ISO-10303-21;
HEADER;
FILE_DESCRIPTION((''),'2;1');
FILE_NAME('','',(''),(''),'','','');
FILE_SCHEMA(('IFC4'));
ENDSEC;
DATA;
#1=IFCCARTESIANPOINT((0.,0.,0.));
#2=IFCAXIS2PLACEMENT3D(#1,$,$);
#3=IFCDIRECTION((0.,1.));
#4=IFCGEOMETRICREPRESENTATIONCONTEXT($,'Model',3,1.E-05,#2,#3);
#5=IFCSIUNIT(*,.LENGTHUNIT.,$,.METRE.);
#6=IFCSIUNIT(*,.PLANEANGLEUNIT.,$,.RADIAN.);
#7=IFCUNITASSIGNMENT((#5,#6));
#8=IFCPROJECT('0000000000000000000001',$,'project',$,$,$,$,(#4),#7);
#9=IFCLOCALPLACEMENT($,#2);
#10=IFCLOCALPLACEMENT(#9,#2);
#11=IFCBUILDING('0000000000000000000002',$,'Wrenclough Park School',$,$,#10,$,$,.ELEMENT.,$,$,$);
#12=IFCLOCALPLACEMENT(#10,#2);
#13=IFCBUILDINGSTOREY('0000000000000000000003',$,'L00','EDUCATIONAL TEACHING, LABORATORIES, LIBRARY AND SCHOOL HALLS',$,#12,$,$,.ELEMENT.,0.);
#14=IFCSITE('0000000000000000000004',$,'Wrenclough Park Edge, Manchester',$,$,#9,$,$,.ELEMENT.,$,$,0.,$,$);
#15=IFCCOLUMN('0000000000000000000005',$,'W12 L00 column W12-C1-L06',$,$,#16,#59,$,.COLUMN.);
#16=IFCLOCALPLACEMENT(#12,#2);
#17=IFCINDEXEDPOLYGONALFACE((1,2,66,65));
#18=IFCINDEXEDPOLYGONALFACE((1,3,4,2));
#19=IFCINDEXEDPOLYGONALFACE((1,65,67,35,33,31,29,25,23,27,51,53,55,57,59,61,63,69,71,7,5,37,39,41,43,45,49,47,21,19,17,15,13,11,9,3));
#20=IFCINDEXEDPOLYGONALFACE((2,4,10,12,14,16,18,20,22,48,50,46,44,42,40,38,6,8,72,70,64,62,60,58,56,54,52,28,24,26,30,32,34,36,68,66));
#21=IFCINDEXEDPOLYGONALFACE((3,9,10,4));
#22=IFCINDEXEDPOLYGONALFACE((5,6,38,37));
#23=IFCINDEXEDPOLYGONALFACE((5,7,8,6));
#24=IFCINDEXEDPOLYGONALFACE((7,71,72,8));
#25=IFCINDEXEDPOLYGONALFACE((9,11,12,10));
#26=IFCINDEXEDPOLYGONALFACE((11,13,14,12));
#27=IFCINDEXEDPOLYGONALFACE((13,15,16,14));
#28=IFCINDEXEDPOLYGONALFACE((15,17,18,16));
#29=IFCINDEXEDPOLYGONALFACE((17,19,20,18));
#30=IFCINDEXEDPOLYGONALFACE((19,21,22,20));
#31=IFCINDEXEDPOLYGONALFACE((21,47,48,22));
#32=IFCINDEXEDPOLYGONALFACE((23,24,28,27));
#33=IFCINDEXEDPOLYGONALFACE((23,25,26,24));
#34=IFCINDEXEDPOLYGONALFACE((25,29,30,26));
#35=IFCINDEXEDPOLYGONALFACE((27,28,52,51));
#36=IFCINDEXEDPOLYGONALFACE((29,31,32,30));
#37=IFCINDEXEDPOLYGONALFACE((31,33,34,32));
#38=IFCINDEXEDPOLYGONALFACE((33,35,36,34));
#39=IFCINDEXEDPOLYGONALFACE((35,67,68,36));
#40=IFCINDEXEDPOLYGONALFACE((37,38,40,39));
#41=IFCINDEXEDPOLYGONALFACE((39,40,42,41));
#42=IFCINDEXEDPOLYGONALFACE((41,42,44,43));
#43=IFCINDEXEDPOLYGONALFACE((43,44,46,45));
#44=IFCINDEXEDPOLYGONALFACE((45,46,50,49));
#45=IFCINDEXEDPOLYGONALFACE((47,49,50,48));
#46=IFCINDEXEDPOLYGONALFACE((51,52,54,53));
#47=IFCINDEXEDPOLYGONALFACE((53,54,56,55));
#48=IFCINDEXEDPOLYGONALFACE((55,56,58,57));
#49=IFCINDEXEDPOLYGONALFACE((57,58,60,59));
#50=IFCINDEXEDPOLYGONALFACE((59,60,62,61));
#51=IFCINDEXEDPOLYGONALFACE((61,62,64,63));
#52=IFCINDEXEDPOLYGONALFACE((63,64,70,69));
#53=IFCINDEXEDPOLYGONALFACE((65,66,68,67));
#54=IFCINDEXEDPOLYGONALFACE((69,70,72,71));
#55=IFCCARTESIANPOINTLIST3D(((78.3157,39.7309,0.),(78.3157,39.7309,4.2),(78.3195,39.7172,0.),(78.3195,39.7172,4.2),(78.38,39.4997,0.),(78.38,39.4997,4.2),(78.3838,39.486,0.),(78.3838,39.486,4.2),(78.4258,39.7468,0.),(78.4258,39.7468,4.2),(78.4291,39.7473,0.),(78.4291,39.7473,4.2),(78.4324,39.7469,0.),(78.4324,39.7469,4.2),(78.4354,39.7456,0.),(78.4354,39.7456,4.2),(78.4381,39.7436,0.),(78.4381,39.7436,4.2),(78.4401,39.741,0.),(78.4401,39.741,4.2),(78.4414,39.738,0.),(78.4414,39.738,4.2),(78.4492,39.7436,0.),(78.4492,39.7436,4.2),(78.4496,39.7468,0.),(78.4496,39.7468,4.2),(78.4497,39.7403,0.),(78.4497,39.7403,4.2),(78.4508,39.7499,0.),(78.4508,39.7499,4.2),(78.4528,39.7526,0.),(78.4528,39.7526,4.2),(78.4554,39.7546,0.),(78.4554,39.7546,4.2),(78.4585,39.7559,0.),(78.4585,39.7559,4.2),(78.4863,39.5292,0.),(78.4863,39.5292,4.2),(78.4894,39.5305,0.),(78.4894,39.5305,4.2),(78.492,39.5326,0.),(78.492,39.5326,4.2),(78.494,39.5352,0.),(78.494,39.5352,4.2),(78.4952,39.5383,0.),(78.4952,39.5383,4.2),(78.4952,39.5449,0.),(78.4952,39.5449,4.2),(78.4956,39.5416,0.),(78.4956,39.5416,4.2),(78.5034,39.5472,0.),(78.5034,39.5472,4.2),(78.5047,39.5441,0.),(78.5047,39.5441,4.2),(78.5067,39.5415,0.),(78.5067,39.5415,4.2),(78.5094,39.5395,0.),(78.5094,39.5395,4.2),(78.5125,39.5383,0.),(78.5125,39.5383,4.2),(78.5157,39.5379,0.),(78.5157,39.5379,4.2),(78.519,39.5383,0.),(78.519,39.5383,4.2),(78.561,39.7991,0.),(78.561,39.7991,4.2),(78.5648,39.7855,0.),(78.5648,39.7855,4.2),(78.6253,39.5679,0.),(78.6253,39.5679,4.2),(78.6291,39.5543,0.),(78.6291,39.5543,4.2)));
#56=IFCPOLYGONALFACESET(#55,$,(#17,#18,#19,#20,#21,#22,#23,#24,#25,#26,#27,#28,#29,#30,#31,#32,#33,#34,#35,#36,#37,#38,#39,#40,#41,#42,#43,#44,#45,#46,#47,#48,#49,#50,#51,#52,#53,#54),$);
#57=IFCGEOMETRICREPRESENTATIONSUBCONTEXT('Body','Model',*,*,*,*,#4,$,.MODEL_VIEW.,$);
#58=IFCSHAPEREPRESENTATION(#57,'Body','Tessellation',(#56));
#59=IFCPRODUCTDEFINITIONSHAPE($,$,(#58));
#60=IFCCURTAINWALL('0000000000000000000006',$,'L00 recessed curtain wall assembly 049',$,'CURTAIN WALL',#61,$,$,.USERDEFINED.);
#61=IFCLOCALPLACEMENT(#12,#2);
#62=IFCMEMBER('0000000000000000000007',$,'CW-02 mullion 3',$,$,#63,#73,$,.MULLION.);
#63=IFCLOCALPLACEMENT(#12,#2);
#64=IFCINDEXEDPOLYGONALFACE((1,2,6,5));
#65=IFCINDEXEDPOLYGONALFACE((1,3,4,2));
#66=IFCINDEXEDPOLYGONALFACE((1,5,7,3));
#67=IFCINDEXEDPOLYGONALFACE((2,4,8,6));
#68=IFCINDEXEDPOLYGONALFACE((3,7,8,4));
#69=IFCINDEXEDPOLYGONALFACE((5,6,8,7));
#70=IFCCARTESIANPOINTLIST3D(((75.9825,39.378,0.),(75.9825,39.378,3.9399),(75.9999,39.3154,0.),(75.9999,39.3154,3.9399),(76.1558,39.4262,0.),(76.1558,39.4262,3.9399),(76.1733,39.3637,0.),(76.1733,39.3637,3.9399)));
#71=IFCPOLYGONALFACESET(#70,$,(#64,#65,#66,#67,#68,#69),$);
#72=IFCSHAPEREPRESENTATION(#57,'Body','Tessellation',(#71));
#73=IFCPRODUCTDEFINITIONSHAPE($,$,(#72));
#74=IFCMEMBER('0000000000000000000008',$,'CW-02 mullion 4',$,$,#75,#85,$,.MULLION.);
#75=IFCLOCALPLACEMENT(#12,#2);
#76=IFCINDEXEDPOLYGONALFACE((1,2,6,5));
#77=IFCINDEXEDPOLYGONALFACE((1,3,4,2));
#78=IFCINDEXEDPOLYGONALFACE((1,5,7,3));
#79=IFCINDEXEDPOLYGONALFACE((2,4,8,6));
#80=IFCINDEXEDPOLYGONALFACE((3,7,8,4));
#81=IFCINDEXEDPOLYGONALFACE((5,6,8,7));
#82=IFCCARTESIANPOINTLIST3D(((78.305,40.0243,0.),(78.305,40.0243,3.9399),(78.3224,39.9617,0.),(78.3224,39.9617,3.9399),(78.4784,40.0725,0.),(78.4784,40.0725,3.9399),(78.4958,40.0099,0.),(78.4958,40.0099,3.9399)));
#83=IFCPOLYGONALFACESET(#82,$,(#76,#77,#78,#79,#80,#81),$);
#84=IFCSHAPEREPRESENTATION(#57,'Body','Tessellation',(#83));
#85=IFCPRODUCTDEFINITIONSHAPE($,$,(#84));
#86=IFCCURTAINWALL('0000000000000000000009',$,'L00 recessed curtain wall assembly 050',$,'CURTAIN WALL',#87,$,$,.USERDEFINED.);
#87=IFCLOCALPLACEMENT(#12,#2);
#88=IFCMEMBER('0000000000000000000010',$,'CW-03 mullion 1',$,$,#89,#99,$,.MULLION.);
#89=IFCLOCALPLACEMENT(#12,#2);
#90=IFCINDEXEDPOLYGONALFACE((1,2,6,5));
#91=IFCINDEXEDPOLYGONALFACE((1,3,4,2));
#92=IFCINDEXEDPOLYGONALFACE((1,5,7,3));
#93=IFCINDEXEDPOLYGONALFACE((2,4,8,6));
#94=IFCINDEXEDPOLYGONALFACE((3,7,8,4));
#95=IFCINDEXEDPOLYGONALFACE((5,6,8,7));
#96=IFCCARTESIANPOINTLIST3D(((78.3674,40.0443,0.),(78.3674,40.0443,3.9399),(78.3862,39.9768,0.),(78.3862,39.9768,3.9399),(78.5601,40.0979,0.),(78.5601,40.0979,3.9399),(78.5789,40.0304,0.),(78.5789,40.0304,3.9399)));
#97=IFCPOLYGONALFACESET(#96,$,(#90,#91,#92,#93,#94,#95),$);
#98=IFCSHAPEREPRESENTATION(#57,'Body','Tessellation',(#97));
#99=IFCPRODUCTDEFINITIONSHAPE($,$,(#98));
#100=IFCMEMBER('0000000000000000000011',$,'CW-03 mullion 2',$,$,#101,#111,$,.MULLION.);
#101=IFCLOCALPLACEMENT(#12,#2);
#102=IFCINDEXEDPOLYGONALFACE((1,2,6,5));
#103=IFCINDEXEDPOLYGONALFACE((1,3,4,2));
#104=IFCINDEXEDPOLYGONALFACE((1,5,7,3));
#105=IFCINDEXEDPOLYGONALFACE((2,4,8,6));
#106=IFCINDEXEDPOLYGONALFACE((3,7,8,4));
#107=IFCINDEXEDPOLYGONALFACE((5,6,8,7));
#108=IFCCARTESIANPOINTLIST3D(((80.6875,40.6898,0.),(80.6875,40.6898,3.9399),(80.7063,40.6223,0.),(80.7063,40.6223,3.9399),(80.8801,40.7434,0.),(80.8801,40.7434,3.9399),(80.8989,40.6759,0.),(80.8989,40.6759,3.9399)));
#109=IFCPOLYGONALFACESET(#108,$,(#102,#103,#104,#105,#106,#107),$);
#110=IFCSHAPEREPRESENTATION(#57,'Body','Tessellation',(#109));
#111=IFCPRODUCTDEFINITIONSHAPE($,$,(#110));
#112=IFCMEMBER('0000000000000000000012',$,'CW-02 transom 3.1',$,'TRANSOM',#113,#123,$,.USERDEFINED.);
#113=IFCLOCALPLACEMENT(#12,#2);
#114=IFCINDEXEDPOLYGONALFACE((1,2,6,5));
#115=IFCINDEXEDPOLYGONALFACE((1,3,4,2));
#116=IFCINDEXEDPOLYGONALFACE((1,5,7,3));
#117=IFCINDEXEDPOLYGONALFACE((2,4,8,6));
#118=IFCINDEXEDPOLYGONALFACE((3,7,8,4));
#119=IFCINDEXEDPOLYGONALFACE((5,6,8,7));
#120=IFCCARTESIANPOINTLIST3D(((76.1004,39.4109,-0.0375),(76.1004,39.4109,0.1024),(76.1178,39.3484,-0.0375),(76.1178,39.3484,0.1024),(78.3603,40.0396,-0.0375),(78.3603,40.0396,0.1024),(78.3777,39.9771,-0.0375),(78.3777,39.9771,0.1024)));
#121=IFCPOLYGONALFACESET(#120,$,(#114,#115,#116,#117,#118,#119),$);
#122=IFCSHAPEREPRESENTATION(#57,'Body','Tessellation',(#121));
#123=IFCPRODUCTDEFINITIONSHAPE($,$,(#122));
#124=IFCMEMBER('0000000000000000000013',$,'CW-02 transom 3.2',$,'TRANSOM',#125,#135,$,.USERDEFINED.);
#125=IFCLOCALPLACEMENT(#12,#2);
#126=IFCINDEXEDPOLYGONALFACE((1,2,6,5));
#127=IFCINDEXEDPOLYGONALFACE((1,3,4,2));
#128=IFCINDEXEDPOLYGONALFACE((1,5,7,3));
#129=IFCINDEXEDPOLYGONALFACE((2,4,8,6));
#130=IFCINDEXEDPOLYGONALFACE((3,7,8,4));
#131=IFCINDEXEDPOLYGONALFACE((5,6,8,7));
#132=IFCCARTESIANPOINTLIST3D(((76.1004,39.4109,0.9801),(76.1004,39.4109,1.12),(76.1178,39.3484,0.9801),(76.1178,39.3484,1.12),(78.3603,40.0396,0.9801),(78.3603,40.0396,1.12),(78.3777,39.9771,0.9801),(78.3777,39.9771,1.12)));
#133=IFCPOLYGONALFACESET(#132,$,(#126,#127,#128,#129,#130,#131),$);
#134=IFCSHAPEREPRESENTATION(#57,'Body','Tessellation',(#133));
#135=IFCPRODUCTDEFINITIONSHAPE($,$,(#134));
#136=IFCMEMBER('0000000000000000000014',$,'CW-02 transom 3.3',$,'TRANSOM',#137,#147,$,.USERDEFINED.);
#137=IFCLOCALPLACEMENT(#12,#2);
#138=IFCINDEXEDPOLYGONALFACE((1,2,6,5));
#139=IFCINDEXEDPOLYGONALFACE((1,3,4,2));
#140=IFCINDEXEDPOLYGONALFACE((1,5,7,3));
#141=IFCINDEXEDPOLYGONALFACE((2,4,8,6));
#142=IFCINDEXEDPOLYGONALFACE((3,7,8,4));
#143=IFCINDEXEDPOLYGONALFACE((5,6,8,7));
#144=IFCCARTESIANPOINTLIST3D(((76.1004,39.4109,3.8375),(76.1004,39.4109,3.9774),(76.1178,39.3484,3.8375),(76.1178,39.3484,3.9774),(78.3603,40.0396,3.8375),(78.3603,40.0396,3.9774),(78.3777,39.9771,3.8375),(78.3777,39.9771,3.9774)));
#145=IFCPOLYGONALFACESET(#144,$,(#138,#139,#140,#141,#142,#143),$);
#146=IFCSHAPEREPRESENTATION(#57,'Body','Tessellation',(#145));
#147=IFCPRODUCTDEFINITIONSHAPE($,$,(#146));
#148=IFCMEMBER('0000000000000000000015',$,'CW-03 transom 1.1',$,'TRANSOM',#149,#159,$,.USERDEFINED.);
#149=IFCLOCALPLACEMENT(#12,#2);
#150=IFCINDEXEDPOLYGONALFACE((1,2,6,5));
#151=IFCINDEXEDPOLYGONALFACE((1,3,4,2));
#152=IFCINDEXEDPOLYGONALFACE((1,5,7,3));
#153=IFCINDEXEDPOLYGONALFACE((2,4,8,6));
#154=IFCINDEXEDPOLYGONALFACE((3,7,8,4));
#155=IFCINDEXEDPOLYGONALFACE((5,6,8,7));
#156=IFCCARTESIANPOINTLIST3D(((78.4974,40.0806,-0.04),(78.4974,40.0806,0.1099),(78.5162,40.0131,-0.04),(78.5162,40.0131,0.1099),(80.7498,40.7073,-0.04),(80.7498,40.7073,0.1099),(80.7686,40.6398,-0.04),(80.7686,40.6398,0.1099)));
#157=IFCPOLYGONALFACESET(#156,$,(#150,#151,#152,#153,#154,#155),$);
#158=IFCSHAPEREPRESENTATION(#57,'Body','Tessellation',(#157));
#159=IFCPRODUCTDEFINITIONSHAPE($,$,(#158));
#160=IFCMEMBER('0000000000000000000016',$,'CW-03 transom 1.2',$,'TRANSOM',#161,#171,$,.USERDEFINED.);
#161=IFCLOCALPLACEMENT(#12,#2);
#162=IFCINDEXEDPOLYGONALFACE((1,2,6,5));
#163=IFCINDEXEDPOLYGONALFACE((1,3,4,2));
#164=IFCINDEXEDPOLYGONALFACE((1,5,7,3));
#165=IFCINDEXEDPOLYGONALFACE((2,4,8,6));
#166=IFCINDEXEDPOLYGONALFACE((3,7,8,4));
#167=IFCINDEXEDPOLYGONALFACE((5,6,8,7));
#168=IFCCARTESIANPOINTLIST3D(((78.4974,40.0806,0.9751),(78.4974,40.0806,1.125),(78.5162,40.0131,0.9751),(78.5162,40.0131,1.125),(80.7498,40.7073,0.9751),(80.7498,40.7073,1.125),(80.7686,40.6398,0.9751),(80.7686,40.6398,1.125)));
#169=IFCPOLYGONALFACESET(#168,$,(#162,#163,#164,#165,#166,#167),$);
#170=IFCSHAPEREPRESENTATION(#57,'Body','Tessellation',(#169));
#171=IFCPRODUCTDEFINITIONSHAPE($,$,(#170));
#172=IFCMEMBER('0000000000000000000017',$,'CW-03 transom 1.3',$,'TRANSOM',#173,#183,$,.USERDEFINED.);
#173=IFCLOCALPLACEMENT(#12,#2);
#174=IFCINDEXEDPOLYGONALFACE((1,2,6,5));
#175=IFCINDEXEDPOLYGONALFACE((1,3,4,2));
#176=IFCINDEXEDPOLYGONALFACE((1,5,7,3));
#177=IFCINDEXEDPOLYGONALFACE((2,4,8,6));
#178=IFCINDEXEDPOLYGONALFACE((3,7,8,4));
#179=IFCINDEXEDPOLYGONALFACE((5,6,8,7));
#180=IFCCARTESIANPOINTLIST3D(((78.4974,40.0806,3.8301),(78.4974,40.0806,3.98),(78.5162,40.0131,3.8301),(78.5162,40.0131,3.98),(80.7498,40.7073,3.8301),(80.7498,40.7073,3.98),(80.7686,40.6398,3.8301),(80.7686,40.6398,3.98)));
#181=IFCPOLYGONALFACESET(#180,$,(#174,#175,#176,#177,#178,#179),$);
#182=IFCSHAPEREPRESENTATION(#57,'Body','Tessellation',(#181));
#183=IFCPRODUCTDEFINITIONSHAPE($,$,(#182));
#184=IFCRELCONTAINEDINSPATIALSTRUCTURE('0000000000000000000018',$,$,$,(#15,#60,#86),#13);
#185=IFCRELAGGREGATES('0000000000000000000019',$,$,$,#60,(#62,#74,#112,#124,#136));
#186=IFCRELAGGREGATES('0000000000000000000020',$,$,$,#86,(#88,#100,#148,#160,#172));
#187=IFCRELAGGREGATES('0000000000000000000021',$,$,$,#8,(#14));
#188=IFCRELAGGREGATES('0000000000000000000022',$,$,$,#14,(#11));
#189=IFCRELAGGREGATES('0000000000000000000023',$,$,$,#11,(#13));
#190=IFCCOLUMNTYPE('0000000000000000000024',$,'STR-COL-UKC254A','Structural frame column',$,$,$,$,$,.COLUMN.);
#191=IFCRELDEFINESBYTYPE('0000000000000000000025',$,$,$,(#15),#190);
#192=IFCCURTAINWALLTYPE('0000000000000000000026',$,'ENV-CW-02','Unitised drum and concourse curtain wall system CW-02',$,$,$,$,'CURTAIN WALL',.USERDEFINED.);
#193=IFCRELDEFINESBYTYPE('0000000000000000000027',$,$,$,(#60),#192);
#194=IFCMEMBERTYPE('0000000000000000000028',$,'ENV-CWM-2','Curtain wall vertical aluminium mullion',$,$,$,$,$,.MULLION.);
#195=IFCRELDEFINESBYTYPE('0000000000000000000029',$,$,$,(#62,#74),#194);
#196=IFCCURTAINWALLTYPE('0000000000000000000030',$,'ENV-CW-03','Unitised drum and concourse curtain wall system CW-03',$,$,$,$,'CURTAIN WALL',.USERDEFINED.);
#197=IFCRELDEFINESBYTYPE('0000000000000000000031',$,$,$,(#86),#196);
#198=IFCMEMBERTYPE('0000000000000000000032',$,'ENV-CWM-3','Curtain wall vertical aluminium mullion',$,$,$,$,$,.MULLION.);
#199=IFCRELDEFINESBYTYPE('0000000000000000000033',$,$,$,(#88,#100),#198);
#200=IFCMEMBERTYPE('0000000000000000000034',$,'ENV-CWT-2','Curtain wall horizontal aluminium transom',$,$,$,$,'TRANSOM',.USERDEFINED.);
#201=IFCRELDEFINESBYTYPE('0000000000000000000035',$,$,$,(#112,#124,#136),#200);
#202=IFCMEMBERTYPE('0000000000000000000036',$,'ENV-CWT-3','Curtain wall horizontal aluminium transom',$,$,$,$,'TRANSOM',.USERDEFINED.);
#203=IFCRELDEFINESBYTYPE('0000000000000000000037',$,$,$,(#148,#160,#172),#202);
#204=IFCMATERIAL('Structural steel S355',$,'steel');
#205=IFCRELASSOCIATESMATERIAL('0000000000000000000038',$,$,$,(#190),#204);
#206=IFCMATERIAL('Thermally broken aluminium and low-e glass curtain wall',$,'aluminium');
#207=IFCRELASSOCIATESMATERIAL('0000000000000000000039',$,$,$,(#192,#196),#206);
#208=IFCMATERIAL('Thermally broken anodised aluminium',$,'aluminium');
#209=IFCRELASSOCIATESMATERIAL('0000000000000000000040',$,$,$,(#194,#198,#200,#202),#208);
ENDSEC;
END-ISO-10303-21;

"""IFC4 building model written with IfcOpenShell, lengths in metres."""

from ifc_helpers import new_model, si_unit, direction, frame, origin, origin_2d, place, context, subcontext, project, spatial, rectangle, i_section, extrude, material, material_profile, profile_set, type_object, element, aggregate, save


model = new_model("IFC4")

# Units and contexts
model_context = context("Model", 3, precision=1e-05, world=origin(), true_north=direction((0.0, 1.0)))
body_context = subcontext(model_context, "Body", "Model", "MODEL_VIEW")
ifc_project = project(units=[si_unit("LENGTHUNIT", "METRE"), si_unit("PLANEANGLEUNIT", "RADIAN")], contexts=[model_context])

# Site, building, storey
site_placement = place(None, origin())
site = spatial("IfcSite", under=ifc_project, at=site_placement, Name="Wrenclough Park Edge, Manchester", CompositionType="ELEMENT", RefElevation=0.0)
building_placement = place(site_placement, origin())
building = spatial("IfcBuilding", under=site, at=building_placement, Name="Wrenclough Park School", CompositionType="ELEMENT")
storey_placement = place(building_placement, origin())
storey = spatial("IfcBuildingStorey", under=building, at=storey_placement, Name="L00", Description="EDUCATIONAL TEACHING, LABORATORIES, LIBRARY AND SCHOOL HALLS", CompositionType="ELEMENT", Elevation=0.0)

# Column
ifc_material_1 = material(Name="Structural steel S355", Category="steel")
ifc_material_profile_1 = material_profile(ifc_material_1, i_section(OverallWidth=0.2546, OverallDepth=0.2542, WebThickness=0.0085, FlangeThickness=0.0142, FilletRadius=0.0127, at=origin_2d()), Name="UKC 254x254x73")
ifc_profile_set_1 = profile_set([ifc_material_profile_1], Name="Structural steel S355")
column_type = type_object("IfcColumnType", Name="STR-COL-UKC254A", Description="Structural frame column", PredefinedType="COLUMN", material=ifc_profile_set_1)
for number, where, z_axis, x_axis, name in (
    (1, (78.4724, 39.6426, 0.0), (0.0, 0.0, 1.0), (0.963397, 0.268079, 0.0), "W12 L00 column W12-C1-L06"),
):
    element("IfcColumn", number, at=place(storey_placement, frame(where, z_axis=z_axis, x_axis=x_axis)), inside=storey, type_object=column_type, Name=name, PredefinedType="COLUMN", context=body_context, shape_type="SweptSolid", body=[
        extrude(i_section(OverallWidth=0.2546, OverallDepth=0.2542, WebThickness=0.0085, FlangeThickness=0.0142, FilletRadius=0.0127, at=origin_2d()), origin(), (0.0, 0.0, 1.0), 4.2),
    ])

# Curtain walls, members
ifc_material_2 = material(Name="Thermally broken aluminium and low-e glass curtain wall", Category="aluminium")
curtain_wall_type_1 = type_object("IfcCurtainWallType", Name="ENV-CW-02", Description="Unitised drum and concourse curtain wall system CW-02", ElementType="CURTAIN WALL", PredefinedType="USERDEFINED", material=ifc_material_2)
curtain_wall_1_placement = place(storey_placement, origin())
curtain_wall_1 = element("IfcCurtainWall", 2, at=curtain_wall_1_placement, inside=storey, type_object=curtain_wall_type_1, Name="L00 recessed curtain wall assembly 049", ObjectType="CURTAIN WALL", PredefinedType="USERDEFINED")
ifc_material_3 = material(Name="Thermally broken anodised aluminium", Category="aluminium")
ifc_material_profile_2 = material_profile(ifc_material_3, rectangle(XDim=0.0649, YDim=0.1799, at=origin_2d()), Name="AL MULLION 65x180")
ifc_profile_set_2 = profile_set([ifc_material_profile_2], Name="Thermally broken anodised aluminium")
member_type_1 = type_object("IfcMemberType", Name="ENV-CWM-2", Description="Curtain wall vertical aluminium mullion", PredefinedType="MULLION", material=ifc_profile_set_2)
member_1_placement = place(storey_placement, frame((76.0779, 39.3708, 0.0), z_axis=(0.0, 0.0, 1.0), x_axis=(-0.268082, 0.963396, 0.0)))
member_1 = element("IfcMember", 3, at=member_1_placement, type_object=member_type_1, Name="CW-02 mullion 3", PredefinedType="MULLION", context=body_context, shape_type="SweptSolid", body=[
    extrude(rectangle(XDim=0.0649, YDim=0.1799, at=origin_2d()), origin(), (0.0, 0.0, 1.0), 3.9399),
])
member_2_placement = place(storey_placement, frame((78.4004, 40.0171, 0.0), z_axis=(0.0, 0.0, 1.0), x_axis=(-0.268082, 0.963396, 0.0)))
member_2 = element("IfcMember", 4, at=member_2_placement, type_object=member_type_1, Name="CW-02 mullion 4", PredefinedType="MULLION", context=body_context, shape_type="SweptSolid", body=[
    extrude(rectangle(XDim=0.0649, YDim=0.1799, at=origin_2d()), origin(), (0.0, 0.0, 1.0), 3.9399),
])
curtain_wall_type_2 = type_object("IfcCurtainWallType", Name="ENV-CW-03", Description="Unitised drum and concourse curtain wall system CW-03", ElementType="CURTAIN WALL", PredefinedType="USERDEFINED", material=ifc_material_2)
curtain_wall_2_placement = place(storey_placement, origin())
curtain_wall_2 = element("IfcCurtainWall", 5, at=curtain_wall_2_placement, inside=storey, type_object=curtain_wall_type_2, Name="L00 recessed curtain wall assembly 050", ObjectType="CURTAIN WALL", PredefinedType="USERDEFINED")
ifc_material_profile_3 = material_profile(ifc_material_3, rectangle(XDim=0.0701, YDim=0.2, at=origin_2d()), Name="AL MULLION 70x200")
ifc_profile_set_3 = profile_set([ifc_material_profile_3], Name="Thermally broken anodised aluminium")
member_type_2 = type_object("IfcMemberType", Name="ENV-CWM-3", Description="Curtain wall vertical aluminium mullion", PredefinedType="MULLION", material=ifc_profile_set_3)
member_3_placement = place(storey_placement, frame((78.4731, 40.0374, 0.0), z_axis=(0.0, 0.0, 1.0), x_axis=(-0.268072, 0.963399, 0.0)))
member_3 = element("IfcMember", 6, at=member_3_placement, type_object=member_type_2, Name="CW-03 mullion 1", PredefinedType="MULLION", context=body_context, shape_type="SweptSolid", body=[
    extrude(rectangle(XDim=0.0701, YDim=0.2, at=origin_2d()), origin(), (0.0, 0.0, 1.0), 3.9399),
])
member_4_placement = place(storey_placement, frame((80.7932, 40.6829, 0.0), z_axis=(0.0, 0.0, 1.0), x_axis=(-0.268072, 0.963399, 0.0)))
member_4 = element("IfcMember", 7, at=member_4_placement, type_object=member_type_2, Name="CW-03 mullion 2", PredefinedType="MULLION", context=body_context, shape_type="SweptSolid", body=[
    extrude(rectangle(XDim=0.0701, YDim=0.2, at=origin_2d()), origin(), (0.0, 0.0, 1.0), 3.9399),
])

# Members
ifc_material_profile_4 = material_profile(ifc_material_3, rectangle(XDim=0.0649, YDim=0.1399, at=origin_2d()), Name="AL TRANSOM 65x140")
ifc_profile_set_4 = profile_set([ifc_material_profile_4], Name="Thermally broken anodised aluminium")
member_type_3 = type_object("IfcMemberType", Name="ENV-CWT-2", Description="Curtain wall horizontal aluminium transom", ElementType="TRANSOM", PredefinedType="USERDEFINED", material=ifc_profile_set_4)
member_5_placement = place(storey_placement, frame((76.1091, 39.3796, 0.0325), z_axis=(0.963413, 0.26802, 0.0), x_axis=(-0.26802, 0.963413, 0.0)))
member_5 = element("IfcMember", 8, at=member_5_placement, type_object=member_type_3, Name="CW-02 transom 3.1", ObjectType="TRANSOM", PredefinedType="USERDEFINED", context=body_context, shape_type="SweptSolid", body=[
    extrude(rectangle(XDim=0.0649, YDim=0.1399, at=origin_2d()), origin(), (0.0, 0.0, 1.0), 2.3457),
])
member_6_placement = place(storey_placement, frame((76.1091, 39.3796, 1.05), z_axis=(0.963413, 0.26802, 0.0), x_axis=(-0.26802, 0.963413, 0.0)))
member_6 = element("IfcMember", 9, at=member_6_placement, type_object=member_type_3, Name="CW-02 transom 3.2", ObjectType="TRANSOM", PredefinedType="USERDEFINED", context=body_context, shape_type="SweptSolid", body=[
    extrude(rectangle(XDim=0.0649, YDim=0.1399, at=origin_2d()), origin(), (0.0, 0.0, 1.0), 2.3457),
])
member_7_placement = place(storey_placement, frame((76.1091, 39.3796, 3.9075), z_axis=(0.963413, 0.26802, 0.0), x_axis=(-0.26802, 0.963413, 0.0)))
member_7 = element("IfcMember", 10, at=member_7_placement, type_object=member_type_3, Name="CW-02 transom 3.3", ObjectType="TRANSOM", PredefinedType="USERDEFINED", context=body_context, shape_type="SweptSolid", body=[
    extrude(rectangle(XDim=0.0649, YDim=0.1399, at=origin_2d()), origin(), (0.0, 0.0, 1.0), 2.3457),
])
ifc_material_profile_5 = material_profile(ifc_material_3, rectangle(XDim=0.0701, YDim=0.1499, at=origin_2d()), Name="AL TRANSOM 70x150")
ifc_profile_set_5 = profile_set([ifc_material_profile_5], Name="Thermally broken anodised aluminium")
member_type_4 = type_object("IfcMemberType", Name="ENV-CWT-3", Description="Curtain wall horizontal aluminium transom", ElementType="TRANSOM", PredefinedType="USERDEFINED", material=ifc_profile_set_5)
member_8_placement = place(storey_placement, frame((78.5068, 40.0469, 0.0349), z_axis=(0.963404, 0.268053, 0.0), x_axis=(-0.268053, 0.963404, 0.0)))
member_8 = element("IfcMember", 11, at=member_8_placement, type_object=member_type_4, Name="CW-03 transom 1.1", ObjectType="TRANSOM", PredefinedType="USERDEFINED", context=body_context, shape_type="SweptSolid", body=[
    extrude(rectangle(XDim=0.0701, YDim=0.1499, at=origin_2d()), origin(), (0.0, 0.0, 1.0), 2.3379),
])
member_9_placement = place(storey_placement, frame((78.5068, 40.0469, 1.05), z_axis=(0.963404, 0.268053, 0.0), x_axis=(-0.268053, 0.963404, 0.0)))
member_9 = element("IfcMember", 12, at=member_9_placement, type_object=member_type_4, Name="CW-03 transom 1.2", ObjectType="TRANSOM", PredefinedType="USERDEFINED", context=body_context, shape_type="SweptSolid", body=[
    extrude(rectangle(XDim=0.0701, YDim=0.1499, at=origin_2d()), origin(), (0.0, 0.0, 1.0), 2.3379),
])
member_10_placement = place(storey_placement, frame((78.5068, 40.0469, 3.905), z_axis=(0.963404, 0.268053, 0.0), x_axis=(-0.268053, 0.963404, 0.0)))
member_10 = element("IfcMember", 13, at=member_10_placement, type_object=member_type_4, Name="CW-03 transom 1.3", ObjectType="TRANSOM", PredefinedType="USERDEFINED", context=body_context, shape_type="SweptSolid", body=[
    extrude(rectangle(XDim=0.0701, YDim=0.1499, at=origin_2d()), origin(), (0.0, 0.0, 1.0), 2.3379),
])

aggregate(curtain_wall_1, [member_1, member_2, member_5, member_6, member_7])
aggregate(curtain_wall_2, [member_3, member_4, member_8, member_9, member_10])

save(model, "model.ifc")
